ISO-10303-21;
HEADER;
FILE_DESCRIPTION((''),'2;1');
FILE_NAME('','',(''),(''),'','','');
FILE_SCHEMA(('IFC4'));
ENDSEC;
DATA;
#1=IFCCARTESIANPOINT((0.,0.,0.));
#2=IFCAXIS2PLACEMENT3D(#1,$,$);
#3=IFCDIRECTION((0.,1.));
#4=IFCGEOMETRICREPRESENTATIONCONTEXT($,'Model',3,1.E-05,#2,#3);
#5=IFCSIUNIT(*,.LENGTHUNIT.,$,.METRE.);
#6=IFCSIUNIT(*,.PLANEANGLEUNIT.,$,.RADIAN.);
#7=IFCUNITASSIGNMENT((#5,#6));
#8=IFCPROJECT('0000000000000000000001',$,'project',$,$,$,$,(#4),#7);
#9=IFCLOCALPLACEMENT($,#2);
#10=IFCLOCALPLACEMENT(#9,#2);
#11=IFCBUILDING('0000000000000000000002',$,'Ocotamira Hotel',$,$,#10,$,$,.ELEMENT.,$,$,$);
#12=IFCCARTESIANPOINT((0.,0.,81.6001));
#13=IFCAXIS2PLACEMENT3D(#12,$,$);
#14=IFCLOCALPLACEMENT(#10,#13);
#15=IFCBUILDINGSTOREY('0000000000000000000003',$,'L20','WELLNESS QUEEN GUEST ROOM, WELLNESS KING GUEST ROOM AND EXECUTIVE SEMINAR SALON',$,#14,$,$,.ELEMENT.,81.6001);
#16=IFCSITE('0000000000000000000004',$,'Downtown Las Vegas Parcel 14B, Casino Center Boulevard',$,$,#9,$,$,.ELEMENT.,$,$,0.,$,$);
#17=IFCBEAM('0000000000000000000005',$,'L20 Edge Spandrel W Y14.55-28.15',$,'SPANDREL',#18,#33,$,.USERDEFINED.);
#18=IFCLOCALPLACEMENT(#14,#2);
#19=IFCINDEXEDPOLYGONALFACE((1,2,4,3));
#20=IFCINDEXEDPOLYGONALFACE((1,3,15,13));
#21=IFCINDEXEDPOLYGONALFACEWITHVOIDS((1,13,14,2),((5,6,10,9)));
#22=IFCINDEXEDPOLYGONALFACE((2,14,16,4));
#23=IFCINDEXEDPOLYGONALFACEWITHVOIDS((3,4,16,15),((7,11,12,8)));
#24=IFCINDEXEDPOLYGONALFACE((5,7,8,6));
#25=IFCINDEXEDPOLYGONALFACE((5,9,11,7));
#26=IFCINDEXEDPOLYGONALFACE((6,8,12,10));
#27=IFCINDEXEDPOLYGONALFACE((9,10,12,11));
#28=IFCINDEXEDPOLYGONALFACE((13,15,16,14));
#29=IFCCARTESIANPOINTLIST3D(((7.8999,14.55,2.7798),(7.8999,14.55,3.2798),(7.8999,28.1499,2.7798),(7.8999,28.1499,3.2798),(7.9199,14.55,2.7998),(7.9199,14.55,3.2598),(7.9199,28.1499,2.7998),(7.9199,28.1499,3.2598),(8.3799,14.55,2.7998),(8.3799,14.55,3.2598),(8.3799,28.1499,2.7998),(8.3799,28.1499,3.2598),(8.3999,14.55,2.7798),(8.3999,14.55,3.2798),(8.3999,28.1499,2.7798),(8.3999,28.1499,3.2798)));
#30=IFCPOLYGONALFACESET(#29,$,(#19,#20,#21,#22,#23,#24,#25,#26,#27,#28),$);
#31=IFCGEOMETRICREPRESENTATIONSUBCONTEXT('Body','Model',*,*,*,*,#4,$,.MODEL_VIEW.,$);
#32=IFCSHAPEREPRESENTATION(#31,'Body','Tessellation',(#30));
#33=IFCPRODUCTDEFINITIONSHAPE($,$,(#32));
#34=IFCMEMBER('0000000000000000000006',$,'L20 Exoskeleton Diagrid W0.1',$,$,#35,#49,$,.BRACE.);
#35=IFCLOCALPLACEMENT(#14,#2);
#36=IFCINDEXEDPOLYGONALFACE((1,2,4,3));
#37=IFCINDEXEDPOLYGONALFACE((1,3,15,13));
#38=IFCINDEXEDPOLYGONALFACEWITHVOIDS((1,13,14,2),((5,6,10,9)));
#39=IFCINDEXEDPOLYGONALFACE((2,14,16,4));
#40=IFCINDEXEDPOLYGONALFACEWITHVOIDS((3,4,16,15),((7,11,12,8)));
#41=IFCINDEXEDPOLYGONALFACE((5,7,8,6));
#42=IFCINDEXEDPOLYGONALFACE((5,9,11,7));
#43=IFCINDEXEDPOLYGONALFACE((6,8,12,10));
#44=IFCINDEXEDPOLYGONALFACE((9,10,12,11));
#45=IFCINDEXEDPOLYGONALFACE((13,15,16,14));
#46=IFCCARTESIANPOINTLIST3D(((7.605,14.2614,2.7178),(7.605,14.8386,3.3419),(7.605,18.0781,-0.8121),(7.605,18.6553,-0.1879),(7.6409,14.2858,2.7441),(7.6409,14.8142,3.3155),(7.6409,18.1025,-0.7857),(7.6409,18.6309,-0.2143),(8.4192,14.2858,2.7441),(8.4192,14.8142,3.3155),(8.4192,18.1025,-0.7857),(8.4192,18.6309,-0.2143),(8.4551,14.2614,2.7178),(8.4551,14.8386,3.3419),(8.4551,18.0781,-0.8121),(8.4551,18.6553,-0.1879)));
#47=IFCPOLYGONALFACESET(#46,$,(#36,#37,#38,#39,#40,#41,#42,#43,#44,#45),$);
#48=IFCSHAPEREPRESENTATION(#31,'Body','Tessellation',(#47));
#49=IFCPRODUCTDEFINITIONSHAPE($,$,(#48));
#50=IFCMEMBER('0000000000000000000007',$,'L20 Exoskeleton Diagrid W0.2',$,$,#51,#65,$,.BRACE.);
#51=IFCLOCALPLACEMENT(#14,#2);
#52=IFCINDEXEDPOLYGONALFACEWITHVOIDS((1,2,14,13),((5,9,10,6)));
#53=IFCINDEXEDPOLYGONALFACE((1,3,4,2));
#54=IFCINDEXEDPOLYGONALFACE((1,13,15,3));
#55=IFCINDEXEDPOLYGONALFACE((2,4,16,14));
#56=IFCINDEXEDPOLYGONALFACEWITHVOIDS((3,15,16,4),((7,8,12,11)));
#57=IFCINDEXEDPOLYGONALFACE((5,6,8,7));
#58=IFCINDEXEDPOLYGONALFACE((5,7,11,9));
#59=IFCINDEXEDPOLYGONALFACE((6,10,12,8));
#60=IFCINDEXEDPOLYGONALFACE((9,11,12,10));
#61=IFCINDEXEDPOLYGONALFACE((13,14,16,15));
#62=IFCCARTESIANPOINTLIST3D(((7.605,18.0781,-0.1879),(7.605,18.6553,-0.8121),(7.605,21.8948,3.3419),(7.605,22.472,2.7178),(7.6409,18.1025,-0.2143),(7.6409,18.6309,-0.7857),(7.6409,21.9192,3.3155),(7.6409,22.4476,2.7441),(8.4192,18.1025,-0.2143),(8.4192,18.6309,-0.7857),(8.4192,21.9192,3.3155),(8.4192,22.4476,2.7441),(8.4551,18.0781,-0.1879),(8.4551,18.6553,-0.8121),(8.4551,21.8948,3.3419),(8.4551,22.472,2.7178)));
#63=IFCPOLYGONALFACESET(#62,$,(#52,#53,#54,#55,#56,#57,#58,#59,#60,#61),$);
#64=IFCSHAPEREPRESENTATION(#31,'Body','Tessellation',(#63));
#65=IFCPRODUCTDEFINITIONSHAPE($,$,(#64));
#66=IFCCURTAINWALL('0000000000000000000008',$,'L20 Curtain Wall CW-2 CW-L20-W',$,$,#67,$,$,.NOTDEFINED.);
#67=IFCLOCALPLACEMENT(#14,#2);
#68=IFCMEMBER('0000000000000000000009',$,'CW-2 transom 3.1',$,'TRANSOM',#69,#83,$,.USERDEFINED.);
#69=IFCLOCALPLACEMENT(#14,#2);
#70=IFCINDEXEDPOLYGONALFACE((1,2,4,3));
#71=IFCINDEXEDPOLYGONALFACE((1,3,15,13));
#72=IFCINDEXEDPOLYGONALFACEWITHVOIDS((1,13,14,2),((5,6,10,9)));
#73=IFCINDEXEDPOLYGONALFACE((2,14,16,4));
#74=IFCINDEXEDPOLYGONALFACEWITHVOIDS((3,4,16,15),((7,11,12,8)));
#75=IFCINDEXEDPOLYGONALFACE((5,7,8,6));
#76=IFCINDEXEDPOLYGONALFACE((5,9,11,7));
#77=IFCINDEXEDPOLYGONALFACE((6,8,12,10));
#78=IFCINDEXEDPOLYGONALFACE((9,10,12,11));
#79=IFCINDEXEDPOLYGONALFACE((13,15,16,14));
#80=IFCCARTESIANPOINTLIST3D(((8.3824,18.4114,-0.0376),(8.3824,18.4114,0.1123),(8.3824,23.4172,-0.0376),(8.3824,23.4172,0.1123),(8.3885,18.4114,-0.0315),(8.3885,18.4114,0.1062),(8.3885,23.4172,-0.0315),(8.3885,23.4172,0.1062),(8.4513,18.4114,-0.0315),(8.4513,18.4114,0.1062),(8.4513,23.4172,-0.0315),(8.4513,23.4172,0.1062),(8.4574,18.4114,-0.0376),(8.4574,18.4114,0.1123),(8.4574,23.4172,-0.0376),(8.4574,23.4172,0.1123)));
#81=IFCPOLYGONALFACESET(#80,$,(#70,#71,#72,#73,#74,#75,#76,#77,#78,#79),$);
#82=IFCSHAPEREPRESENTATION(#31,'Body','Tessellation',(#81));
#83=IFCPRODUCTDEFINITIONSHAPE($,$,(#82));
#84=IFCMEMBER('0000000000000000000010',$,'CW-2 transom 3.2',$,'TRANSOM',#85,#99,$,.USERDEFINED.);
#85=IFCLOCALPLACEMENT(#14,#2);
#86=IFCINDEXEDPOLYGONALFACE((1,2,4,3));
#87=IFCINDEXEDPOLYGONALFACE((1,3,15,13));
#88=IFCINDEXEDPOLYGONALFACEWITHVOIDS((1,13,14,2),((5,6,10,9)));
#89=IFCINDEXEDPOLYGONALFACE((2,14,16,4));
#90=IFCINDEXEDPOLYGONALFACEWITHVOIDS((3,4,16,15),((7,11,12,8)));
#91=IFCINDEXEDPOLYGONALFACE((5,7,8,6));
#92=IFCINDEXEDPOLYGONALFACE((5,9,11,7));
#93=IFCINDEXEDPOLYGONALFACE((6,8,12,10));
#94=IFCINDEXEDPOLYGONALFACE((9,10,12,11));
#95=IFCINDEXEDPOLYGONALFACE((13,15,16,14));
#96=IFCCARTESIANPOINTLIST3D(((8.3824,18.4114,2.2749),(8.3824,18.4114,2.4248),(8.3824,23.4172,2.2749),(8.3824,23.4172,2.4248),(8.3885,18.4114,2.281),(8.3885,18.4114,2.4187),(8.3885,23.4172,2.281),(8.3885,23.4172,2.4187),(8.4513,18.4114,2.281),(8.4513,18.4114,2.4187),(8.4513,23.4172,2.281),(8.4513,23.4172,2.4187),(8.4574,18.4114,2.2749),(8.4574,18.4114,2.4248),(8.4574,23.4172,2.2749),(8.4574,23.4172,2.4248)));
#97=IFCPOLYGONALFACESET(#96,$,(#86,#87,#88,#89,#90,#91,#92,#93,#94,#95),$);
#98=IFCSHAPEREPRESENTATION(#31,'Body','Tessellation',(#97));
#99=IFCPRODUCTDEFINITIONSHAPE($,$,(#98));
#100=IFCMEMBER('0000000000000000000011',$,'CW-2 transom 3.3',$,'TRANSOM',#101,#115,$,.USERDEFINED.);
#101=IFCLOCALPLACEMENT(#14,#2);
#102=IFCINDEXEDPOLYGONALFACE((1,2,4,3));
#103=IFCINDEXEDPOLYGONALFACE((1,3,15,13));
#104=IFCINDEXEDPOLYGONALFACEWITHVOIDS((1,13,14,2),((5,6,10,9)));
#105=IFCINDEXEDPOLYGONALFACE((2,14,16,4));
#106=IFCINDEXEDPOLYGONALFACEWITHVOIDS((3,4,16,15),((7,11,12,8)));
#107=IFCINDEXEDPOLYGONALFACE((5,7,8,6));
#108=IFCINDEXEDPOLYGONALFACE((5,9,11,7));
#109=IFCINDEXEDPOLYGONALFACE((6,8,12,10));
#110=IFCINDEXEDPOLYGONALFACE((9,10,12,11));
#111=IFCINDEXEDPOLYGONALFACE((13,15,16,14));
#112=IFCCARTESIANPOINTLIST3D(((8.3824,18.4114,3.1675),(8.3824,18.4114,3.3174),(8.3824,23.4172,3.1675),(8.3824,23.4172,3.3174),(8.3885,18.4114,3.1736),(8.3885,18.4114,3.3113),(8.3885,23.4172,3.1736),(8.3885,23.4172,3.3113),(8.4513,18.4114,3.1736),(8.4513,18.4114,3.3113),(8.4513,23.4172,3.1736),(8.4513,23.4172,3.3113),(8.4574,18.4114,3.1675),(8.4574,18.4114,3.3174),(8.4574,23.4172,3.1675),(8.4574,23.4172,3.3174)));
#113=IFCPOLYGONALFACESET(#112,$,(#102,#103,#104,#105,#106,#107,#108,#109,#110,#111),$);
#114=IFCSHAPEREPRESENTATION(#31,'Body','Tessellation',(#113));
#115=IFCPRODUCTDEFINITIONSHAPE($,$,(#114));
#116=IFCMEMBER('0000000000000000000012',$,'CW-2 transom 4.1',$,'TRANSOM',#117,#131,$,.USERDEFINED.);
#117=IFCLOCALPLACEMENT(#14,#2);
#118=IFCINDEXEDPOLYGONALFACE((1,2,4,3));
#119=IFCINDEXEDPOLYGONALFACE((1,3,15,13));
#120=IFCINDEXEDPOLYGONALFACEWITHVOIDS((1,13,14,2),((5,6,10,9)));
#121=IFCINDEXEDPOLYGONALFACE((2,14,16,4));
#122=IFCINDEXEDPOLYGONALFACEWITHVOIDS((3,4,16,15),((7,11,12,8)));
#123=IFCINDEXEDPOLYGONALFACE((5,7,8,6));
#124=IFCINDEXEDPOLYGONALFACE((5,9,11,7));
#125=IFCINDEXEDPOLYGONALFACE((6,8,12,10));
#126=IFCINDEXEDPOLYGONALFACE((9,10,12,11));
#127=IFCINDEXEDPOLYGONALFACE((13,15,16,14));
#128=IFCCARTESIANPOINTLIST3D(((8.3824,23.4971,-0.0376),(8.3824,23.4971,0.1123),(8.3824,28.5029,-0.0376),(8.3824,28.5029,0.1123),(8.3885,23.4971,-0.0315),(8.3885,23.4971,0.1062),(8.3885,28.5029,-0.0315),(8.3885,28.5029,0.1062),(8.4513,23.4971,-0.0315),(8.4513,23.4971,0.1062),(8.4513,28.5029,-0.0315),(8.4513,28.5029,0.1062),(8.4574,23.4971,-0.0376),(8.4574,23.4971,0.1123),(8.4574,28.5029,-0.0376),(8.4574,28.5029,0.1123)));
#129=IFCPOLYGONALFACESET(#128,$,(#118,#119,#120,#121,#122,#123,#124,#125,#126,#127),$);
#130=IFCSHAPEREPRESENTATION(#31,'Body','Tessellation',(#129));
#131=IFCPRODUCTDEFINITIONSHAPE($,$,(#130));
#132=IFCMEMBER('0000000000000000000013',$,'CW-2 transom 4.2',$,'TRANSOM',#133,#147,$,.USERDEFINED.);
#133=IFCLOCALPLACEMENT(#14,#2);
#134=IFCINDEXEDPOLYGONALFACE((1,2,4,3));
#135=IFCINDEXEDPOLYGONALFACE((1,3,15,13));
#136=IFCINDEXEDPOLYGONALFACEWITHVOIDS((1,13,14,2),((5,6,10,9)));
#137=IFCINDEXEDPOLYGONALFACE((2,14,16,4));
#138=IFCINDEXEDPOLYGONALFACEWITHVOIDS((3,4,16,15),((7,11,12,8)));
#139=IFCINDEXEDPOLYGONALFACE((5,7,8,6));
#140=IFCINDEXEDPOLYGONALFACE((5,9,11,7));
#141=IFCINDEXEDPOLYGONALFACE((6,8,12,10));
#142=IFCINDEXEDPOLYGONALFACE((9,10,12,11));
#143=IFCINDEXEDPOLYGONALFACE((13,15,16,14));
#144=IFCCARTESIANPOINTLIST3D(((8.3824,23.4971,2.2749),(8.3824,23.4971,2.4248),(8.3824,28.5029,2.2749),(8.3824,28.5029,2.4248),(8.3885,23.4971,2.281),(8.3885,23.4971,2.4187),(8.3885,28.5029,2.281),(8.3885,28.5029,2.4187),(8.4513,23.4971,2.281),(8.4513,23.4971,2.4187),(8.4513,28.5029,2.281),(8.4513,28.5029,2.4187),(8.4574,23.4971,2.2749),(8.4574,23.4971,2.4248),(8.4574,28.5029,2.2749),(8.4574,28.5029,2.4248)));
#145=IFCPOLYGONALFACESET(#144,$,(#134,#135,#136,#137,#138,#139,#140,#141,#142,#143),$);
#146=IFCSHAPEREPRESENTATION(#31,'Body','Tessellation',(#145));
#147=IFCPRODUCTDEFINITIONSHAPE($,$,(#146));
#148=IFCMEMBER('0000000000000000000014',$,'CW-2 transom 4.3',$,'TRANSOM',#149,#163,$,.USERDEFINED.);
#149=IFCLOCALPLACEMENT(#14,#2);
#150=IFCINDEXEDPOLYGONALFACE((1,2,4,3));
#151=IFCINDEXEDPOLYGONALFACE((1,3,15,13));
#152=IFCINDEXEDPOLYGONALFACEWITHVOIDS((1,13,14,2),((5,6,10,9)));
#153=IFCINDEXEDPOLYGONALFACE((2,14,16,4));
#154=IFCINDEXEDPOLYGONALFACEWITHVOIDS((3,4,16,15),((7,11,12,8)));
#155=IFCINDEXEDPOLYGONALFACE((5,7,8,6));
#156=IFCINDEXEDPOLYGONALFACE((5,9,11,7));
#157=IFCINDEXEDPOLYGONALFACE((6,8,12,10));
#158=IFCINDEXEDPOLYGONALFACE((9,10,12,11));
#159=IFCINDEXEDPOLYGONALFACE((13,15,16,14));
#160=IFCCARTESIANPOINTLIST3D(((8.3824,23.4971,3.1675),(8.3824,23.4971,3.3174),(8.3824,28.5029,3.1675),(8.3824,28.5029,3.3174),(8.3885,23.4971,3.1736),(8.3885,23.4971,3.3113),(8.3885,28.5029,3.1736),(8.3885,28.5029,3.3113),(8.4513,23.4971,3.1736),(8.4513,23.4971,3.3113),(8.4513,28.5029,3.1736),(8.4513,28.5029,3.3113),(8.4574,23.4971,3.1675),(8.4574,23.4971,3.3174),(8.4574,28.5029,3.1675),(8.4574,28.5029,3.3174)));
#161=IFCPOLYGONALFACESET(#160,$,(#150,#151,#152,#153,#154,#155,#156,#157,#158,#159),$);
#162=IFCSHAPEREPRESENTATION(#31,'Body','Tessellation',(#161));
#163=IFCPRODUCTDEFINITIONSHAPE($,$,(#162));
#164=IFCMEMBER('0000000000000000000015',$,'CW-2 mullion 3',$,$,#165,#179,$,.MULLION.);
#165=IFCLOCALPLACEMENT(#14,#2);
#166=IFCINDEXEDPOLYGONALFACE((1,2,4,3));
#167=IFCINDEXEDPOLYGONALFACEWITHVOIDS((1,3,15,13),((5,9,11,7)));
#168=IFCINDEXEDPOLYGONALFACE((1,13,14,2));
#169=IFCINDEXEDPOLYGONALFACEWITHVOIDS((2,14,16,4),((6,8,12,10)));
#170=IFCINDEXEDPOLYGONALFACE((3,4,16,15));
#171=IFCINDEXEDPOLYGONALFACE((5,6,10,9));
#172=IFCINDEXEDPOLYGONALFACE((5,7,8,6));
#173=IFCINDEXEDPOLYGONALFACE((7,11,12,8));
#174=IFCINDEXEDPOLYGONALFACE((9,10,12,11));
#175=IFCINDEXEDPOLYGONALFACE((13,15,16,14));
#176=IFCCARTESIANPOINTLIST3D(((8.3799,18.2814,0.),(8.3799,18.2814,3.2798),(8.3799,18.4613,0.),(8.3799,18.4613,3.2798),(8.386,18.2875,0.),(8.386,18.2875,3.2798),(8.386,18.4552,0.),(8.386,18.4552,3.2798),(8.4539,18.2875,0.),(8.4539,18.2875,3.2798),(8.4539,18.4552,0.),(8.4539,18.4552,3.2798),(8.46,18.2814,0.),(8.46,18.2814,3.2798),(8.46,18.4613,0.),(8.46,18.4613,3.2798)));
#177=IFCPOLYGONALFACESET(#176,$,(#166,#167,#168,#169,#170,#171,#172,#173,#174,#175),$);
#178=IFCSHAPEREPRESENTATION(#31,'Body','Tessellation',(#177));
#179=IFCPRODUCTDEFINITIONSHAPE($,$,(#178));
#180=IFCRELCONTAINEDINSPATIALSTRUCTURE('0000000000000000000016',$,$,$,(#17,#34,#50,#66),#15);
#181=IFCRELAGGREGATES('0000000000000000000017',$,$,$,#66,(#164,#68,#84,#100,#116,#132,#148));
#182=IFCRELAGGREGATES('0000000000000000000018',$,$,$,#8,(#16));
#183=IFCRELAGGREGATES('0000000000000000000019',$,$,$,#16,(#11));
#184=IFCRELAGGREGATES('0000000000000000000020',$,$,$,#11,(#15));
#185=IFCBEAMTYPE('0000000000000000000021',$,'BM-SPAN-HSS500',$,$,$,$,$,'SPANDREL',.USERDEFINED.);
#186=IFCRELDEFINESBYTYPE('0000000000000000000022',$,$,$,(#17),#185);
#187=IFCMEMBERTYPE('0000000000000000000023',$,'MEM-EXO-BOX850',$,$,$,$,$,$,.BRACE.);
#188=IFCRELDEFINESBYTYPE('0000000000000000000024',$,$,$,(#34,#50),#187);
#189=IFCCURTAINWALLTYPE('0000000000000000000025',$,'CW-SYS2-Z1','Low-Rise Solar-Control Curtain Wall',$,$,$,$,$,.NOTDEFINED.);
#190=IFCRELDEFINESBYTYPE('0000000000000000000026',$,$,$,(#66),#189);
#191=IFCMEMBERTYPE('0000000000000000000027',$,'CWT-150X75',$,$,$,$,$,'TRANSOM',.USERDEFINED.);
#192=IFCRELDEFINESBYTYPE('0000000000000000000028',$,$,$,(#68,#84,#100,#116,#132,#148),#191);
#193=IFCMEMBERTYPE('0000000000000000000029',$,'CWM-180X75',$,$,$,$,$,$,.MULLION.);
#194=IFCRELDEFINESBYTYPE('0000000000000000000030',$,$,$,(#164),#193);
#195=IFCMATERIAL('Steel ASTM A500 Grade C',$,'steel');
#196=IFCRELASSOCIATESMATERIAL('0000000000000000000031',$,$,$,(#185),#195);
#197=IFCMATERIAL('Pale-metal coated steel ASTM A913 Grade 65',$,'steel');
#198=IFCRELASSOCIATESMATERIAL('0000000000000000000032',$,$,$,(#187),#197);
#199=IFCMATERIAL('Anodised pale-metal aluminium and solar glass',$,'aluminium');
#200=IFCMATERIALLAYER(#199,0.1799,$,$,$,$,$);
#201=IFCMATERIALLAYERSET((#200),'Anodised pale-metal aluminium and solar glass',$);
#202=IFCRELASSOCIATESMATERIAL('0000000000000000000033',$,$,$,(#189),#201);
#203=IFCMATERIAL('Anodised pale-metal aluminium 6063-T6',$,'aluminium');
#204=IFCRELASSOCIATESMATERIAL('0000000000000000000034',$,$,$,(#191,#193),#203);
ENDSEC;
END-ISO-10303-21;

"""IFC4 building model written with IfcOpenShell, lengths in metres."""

from ifc_helpers import new_model, si_unit, direction, frame, origin, origin_2d, place, context, subcontext, project, spatial, hollow_rectangle, extrude, source, transform, mapped, material, layer, layer_set, material_profile, profile_set, type_object, element, aggregate, save


model = new_model("IFC4")

# Units and contexts
model_context = context("Model", 3, precision=1e-05, world=origin(), true_north=direction((0.0, 1.0)))
body_context = subcontext(model_context, "Body", "Model", "MODEL_VIEW")
ifc_project = project(units=[si_unit("LENGTHUNIT", "METRE"), si_unit("PLANEANGLEUNIT", "RADIAN")], contexts=[model_context])

# Site, building, storey
site_placement = place(None, origin())
site = spatial("IfcSite", under=ifc_project, at=site_placement, Name="Downtown Las Vegas Parcel 14B, Casino Center Boulevard", CompositionType="ELEMENT", RefElevation=0.0)
building_placement = place(site_placement, origin())
building = spatial("IfcBuilding", under=site, at=building_placement, Name="Ocotamira Hotel", CompositionType="ELEMENT")
storey_placement = place(building_placement, frame((0.0, 0.0, 81.6001)))
storey = spatial("IfcBuildingStorey", under=building, at=storey_placement, Name="L20", Description="WELLNESS QUEEN GUEST ROOM, WELLNESS KING GUEST ROOM AND EXECUTIVE SEMINAR SALON", CompositionType="ELEMENT", Elevation=81.6001)

# Beam
ifc_material_1 = material(Name="Steel ASTM A500 Grade C", Category="steel")
ifc_material_profile_1 = material_profile(ifc_material_1, hollow_rectangle(XDim=0.5, YDim=0.5, WallThickness=0.02, at=origin_2d()), Name="HSS500X500X20")
ifc_profile_set_1 = profile_set([ifc_material_profile_1], Name="Steel ASTM A500 Grade C")
beam_type_1 = type_object("IfcBeamType", Name="BM-SPAN-HSS500", ElementType="SPANDREL", PredefinedType="USERDEFINED", material=ifc_profile_set_1)
shared_shape_1 = source(origin(), body_context, "Body", "SweptSolid", [
    extrude(hollow_rectangle(XDim=0.5, YDim=0.5, WallThickness=0.02, at=origin_2d()), origin(), (0.0, 0.0, 1.0), 13.5999),
])
beam_1_placement = place(storey_placement, frame((8.1499, 14.55, 3.0298), z_axis=(0.0, 1.0, 0.0), x_axis=(-1.0, 0.0, 0.0)))
element("IfcBeam", 1, at=beam_1_placement, inside=storey, type_object=beam_type_1, Name="L20 Edge Spandrel W Y14.55-28.15", ObjectType="SPANDREL", PredefinedType="USERDEFINED", context=body_context, shape_type="MappedRepresentation", body=[
    mapped(shared_shape_1, transform((0.0, 0.0, 0.0), scale=1.0)),
])

# Members
ifc_material_2 = material(Name="Pale-metal coated steel ASTM A913 Grade 65", Category="steel")
ifc_material_profile_2 = material_profile(ifc_material_2, hollow_rectangle(XDim=0.8501, YDim=0.8501, WallThickness=0.0359, at=origin_2d()), Name="BOX850X850X36")
ifc_profile_set_2 = profile_set([ifc_material_profile_2], Name="Pale-metal coated steel ASTM A913 Grade 65")
member_type_1 = type_object("IfcMemberType", Name="MEM-EXO-BOX850", PredefinedType="BRACE", material=ifc_profile_set_2)
shared_shape_2 = source(origin(), body_context, "Body", "SweptSolid", [
    extrude(hollow_rectangle(XDim=0.8501, YDim=0.8501, WallThickness=0.0359, at=origin_2d()), origin(), (0.0, 0.0, 1.0), 5.1987),
])
for number, where, z_axis, x_axis, name in (
    (2, (8.03, 18.3667, -0.5), (0.0, -0.734159, 0.678978), (1.0, 0.0, 0.0), "L20 Exoskeleton Diagrid W0.1"),
    (3, (8.03, 18.3667, -0.5), (0.0, 0.734159, 0.678978), (-1.0, 0.0, 0.0), "L20 Exoskeleton Diagrid W0.2"),
):
    element("IfcMember", number, at=place(storey_placement, frame(where, z_axis=z_axis, x_axis=x_axis)), inside=storey, type_object=member_type_1, Name=name, PredefinedType="BRACE", context=body_context, shape_type="MappedRepresentation", body=[
        mapped(shared_shape_2, transform((0.0, 0.0, 0.0), scale=1.0)),
    ])

# Curtain wall, members
ifc_material_3 = material(Name="Anodised pale-metal aluminium and solar glass", Category="aluminium")
ifc_layer_1 = layer(ifc_material_3, 0.1799)
ifc_layer_set_1 = layer_set([ifc_layer_1], Name="Anodised pale-metal aluminium and solar glass")
curtain_wall_type = type_object("IfcCurtainWallType", Name="CW-SYS2-Z1", Description="Low-Rise Solar-Control Curtain Wall", PredefinedType="NOTDEFINED", material=ifc_layer_set_1)
curtain_wall_placement = place(storey_placement, origin())
curtain_wall = element("IfcCurtainWall", 4, at=curtain_wall_placement, inside=storey, type_object=curtain_wall_type, Name="L20 Curtain Wall CW-2 CW-L20-W", PredefinedType="NOTDEFINED")
ifc_material_4 = material(Name="Anodised pale-metal aluminium 6063-T6", Category="aluminium")
ifc_material_profile_3 = material_profile(ifc_material_4, hollow_rectangle(XDim=0.075, YDim=0.1499, WallThickness=0.0061, at=origin_2d()), Name="HSS150X75X6")
ifc_profile_set_3 = profile_set([ifc_material_profile_3], Name="Anodised pale-metal aluminium 6063-T6")
member_type_2 = type_object("IfcMemberType", Name="CWT-150X75", ElementType="TRANSOM", PredefinedType="USERDEFINED", material=ifc_profile_set_3)
shared_shape_3 = source(origin(), body_context, "Body", "SweptSolid", [
    extrude(hollow_rectangle(XDim=0.075, YDim=0.1499, WallThickness=0.0061, at=origin_2d()), origin(), (0.0, 0.0, 1.0), 5.0059),
])
member_1_placement = place(storey_placement, frame((8.4199, 18.4114, 0.0374), z_axis=(0.0, 1.0, 0.0), x_axis=(-1.0, 0.0, 0.0)))
member_1 = element("IfcMember", 5, at=member_1_placement, type_object=member_type_2, Name="CW-2 transom 3.1", ObjectType="TRANSOM", PredefinedType="USERDEFINED", context=body_context, shape_type="MappedRepresentation", body=[
    mapped(shared_shape_3, transform((0.0, 0.0, 0.0), scale=1.0)),
])
member_2_placement = place(storey_placement, frame((8.4199, 18.4114, 2.3499), z_axis=(0.0, 1.0, 0.0), x_axis=(-1.0, 0.0, 0.0)))
member_2 = element("IfcMember", 6, at=member_2_placement, type_object=member_type_2, Name="CW-2 transom 3.2", ObjectType="TRANSOM", PredefinedType="USERDEFINED", context=body_context, shape_type="MappedRepresentation", body=[
    mapped(shared_shape_3, transform((0.0, 0.0, 0.0), scale=1.0)),
])
member_3_placement = place(storey_placement, frame((8.4199, 18.4114, 3.2424), z_axis=(0.0, 1.0, 0.0), x_axis=(-1.0, 0.0, 0.0)))
member_3 = element("IfcMember", 7, at=member_3_placement, type_object=member_type_2, Name="CW-2 transom 3.3", ObjectType="TRANSOM", PredefinedType="USERDEFINED", context=body_context, shape_type="MappedRepresentation", body=[
    mapped(shared_shape_3, transform((0.0, 0.0, 0.0), scale=1.0)),
])
member_4_placement = place(storey_placement, frame((8.4199, 23.4971, 0.0374), z_axis=(0.0, 1.0, 0.0), x_axis=(-1.0, 0.0, 0.0)))
member_4 = element("IfcMember", 8, at=member_4_placement, type_object=member_type_2, Name="CW-2 transom 4.1", ObjectType="TRANSOM", PredefinedType="USERDEFINED", context=body_context, shape_type="MappedRepresentation", body=[
    mapped(shared_shape_3, transform((0.0, 0.0, 0.0), scale=1.0)),
])
member_5_placement = place(storey_placement, frame((8.4199, 23.4971, 2.3499), z_axis=(0.0, 1.0, 0.0), x_axis=(-1.0, 0.0, 0.0)))
member_5 = element("IfcMember", 9, at=member_5_placement, type_object=member_type_2, Name="CW-2 transom 4.2", ObjectType="TRANSOM", PredefinedType="USERDEFINED", context=body_context, shape_type="MappedRepresentation", body=[
    mapped(shared_shape_3, transform((0.0, 0.0, 0.0), scale=1.0)),
])
member_6_placement = place(storey_placement, frame((8.4199, 23.4971, 3.2424), z_axis=(0.0, 1.0, 0.0), x_axis=(-1.0, 0.0, 0.0)))
member_6 = element("IfcMember", 10, at=member_6_placement, type_object=member_type_2, Name="CW-2 transom 4.3", ObjectType="TRANSOM", PredefinedType="USERDEFINED", context=body_context, shape_type="MappedRepresentation", body=[
    mapped(shared_shape_3, transform((0.0, 0.0, 0.0), scale=1.0)),
])
ifc_material_profile_4 = material_profile(ifc_material_4, hollow_rectangle(XDim=0.0801, YDim=0.1799, WallThickness=0.0061, at=origin_2d()), Name="HSS180X80X6")
ifc_profile_set_4 = profile_set([ifc_material_profile_4], Name="Anodised pale-metal aluminium 6063-T6")
member_type_3 = type_object("IfcMemberType", Name="CWM-180X75", PredefinedType="MULLION", material=ifc_profile_set_4)
shared_shape_4 = source(origin(), body_context, "Body", "SweptSolid", [
    extrude(hollow_rectangle(XDim=0.0801, YDim=0.1799, WallThickness=0.0061, at=origin_2d()), origin(), (0.0, 0.0, 1.0), 3.2798),
])
member_7_placement = place(storey_placement, frame((8.4199, 18.3713, 0.0), z_axis=(0.0, 0.0, 1.0), x_axis=(-1.0, 0.0, 0.0)))
member_7 = element("IfcMember", 11, at=member_7_placement, type_object=member_type_3, Name="CW-2 mullion 3", PredefinedType="MULLION", context=body_context, shape_type="MappedRepresentation", body=[
    mapped(shared_shape_4, transform((0.0, 0.0, 0.0), scale=1.0)),
])

aggregate(curtain_wall, [member_7, member_1, member_2, member_3, member_4, member_5, member_6])

save(model, "model.ifc")
